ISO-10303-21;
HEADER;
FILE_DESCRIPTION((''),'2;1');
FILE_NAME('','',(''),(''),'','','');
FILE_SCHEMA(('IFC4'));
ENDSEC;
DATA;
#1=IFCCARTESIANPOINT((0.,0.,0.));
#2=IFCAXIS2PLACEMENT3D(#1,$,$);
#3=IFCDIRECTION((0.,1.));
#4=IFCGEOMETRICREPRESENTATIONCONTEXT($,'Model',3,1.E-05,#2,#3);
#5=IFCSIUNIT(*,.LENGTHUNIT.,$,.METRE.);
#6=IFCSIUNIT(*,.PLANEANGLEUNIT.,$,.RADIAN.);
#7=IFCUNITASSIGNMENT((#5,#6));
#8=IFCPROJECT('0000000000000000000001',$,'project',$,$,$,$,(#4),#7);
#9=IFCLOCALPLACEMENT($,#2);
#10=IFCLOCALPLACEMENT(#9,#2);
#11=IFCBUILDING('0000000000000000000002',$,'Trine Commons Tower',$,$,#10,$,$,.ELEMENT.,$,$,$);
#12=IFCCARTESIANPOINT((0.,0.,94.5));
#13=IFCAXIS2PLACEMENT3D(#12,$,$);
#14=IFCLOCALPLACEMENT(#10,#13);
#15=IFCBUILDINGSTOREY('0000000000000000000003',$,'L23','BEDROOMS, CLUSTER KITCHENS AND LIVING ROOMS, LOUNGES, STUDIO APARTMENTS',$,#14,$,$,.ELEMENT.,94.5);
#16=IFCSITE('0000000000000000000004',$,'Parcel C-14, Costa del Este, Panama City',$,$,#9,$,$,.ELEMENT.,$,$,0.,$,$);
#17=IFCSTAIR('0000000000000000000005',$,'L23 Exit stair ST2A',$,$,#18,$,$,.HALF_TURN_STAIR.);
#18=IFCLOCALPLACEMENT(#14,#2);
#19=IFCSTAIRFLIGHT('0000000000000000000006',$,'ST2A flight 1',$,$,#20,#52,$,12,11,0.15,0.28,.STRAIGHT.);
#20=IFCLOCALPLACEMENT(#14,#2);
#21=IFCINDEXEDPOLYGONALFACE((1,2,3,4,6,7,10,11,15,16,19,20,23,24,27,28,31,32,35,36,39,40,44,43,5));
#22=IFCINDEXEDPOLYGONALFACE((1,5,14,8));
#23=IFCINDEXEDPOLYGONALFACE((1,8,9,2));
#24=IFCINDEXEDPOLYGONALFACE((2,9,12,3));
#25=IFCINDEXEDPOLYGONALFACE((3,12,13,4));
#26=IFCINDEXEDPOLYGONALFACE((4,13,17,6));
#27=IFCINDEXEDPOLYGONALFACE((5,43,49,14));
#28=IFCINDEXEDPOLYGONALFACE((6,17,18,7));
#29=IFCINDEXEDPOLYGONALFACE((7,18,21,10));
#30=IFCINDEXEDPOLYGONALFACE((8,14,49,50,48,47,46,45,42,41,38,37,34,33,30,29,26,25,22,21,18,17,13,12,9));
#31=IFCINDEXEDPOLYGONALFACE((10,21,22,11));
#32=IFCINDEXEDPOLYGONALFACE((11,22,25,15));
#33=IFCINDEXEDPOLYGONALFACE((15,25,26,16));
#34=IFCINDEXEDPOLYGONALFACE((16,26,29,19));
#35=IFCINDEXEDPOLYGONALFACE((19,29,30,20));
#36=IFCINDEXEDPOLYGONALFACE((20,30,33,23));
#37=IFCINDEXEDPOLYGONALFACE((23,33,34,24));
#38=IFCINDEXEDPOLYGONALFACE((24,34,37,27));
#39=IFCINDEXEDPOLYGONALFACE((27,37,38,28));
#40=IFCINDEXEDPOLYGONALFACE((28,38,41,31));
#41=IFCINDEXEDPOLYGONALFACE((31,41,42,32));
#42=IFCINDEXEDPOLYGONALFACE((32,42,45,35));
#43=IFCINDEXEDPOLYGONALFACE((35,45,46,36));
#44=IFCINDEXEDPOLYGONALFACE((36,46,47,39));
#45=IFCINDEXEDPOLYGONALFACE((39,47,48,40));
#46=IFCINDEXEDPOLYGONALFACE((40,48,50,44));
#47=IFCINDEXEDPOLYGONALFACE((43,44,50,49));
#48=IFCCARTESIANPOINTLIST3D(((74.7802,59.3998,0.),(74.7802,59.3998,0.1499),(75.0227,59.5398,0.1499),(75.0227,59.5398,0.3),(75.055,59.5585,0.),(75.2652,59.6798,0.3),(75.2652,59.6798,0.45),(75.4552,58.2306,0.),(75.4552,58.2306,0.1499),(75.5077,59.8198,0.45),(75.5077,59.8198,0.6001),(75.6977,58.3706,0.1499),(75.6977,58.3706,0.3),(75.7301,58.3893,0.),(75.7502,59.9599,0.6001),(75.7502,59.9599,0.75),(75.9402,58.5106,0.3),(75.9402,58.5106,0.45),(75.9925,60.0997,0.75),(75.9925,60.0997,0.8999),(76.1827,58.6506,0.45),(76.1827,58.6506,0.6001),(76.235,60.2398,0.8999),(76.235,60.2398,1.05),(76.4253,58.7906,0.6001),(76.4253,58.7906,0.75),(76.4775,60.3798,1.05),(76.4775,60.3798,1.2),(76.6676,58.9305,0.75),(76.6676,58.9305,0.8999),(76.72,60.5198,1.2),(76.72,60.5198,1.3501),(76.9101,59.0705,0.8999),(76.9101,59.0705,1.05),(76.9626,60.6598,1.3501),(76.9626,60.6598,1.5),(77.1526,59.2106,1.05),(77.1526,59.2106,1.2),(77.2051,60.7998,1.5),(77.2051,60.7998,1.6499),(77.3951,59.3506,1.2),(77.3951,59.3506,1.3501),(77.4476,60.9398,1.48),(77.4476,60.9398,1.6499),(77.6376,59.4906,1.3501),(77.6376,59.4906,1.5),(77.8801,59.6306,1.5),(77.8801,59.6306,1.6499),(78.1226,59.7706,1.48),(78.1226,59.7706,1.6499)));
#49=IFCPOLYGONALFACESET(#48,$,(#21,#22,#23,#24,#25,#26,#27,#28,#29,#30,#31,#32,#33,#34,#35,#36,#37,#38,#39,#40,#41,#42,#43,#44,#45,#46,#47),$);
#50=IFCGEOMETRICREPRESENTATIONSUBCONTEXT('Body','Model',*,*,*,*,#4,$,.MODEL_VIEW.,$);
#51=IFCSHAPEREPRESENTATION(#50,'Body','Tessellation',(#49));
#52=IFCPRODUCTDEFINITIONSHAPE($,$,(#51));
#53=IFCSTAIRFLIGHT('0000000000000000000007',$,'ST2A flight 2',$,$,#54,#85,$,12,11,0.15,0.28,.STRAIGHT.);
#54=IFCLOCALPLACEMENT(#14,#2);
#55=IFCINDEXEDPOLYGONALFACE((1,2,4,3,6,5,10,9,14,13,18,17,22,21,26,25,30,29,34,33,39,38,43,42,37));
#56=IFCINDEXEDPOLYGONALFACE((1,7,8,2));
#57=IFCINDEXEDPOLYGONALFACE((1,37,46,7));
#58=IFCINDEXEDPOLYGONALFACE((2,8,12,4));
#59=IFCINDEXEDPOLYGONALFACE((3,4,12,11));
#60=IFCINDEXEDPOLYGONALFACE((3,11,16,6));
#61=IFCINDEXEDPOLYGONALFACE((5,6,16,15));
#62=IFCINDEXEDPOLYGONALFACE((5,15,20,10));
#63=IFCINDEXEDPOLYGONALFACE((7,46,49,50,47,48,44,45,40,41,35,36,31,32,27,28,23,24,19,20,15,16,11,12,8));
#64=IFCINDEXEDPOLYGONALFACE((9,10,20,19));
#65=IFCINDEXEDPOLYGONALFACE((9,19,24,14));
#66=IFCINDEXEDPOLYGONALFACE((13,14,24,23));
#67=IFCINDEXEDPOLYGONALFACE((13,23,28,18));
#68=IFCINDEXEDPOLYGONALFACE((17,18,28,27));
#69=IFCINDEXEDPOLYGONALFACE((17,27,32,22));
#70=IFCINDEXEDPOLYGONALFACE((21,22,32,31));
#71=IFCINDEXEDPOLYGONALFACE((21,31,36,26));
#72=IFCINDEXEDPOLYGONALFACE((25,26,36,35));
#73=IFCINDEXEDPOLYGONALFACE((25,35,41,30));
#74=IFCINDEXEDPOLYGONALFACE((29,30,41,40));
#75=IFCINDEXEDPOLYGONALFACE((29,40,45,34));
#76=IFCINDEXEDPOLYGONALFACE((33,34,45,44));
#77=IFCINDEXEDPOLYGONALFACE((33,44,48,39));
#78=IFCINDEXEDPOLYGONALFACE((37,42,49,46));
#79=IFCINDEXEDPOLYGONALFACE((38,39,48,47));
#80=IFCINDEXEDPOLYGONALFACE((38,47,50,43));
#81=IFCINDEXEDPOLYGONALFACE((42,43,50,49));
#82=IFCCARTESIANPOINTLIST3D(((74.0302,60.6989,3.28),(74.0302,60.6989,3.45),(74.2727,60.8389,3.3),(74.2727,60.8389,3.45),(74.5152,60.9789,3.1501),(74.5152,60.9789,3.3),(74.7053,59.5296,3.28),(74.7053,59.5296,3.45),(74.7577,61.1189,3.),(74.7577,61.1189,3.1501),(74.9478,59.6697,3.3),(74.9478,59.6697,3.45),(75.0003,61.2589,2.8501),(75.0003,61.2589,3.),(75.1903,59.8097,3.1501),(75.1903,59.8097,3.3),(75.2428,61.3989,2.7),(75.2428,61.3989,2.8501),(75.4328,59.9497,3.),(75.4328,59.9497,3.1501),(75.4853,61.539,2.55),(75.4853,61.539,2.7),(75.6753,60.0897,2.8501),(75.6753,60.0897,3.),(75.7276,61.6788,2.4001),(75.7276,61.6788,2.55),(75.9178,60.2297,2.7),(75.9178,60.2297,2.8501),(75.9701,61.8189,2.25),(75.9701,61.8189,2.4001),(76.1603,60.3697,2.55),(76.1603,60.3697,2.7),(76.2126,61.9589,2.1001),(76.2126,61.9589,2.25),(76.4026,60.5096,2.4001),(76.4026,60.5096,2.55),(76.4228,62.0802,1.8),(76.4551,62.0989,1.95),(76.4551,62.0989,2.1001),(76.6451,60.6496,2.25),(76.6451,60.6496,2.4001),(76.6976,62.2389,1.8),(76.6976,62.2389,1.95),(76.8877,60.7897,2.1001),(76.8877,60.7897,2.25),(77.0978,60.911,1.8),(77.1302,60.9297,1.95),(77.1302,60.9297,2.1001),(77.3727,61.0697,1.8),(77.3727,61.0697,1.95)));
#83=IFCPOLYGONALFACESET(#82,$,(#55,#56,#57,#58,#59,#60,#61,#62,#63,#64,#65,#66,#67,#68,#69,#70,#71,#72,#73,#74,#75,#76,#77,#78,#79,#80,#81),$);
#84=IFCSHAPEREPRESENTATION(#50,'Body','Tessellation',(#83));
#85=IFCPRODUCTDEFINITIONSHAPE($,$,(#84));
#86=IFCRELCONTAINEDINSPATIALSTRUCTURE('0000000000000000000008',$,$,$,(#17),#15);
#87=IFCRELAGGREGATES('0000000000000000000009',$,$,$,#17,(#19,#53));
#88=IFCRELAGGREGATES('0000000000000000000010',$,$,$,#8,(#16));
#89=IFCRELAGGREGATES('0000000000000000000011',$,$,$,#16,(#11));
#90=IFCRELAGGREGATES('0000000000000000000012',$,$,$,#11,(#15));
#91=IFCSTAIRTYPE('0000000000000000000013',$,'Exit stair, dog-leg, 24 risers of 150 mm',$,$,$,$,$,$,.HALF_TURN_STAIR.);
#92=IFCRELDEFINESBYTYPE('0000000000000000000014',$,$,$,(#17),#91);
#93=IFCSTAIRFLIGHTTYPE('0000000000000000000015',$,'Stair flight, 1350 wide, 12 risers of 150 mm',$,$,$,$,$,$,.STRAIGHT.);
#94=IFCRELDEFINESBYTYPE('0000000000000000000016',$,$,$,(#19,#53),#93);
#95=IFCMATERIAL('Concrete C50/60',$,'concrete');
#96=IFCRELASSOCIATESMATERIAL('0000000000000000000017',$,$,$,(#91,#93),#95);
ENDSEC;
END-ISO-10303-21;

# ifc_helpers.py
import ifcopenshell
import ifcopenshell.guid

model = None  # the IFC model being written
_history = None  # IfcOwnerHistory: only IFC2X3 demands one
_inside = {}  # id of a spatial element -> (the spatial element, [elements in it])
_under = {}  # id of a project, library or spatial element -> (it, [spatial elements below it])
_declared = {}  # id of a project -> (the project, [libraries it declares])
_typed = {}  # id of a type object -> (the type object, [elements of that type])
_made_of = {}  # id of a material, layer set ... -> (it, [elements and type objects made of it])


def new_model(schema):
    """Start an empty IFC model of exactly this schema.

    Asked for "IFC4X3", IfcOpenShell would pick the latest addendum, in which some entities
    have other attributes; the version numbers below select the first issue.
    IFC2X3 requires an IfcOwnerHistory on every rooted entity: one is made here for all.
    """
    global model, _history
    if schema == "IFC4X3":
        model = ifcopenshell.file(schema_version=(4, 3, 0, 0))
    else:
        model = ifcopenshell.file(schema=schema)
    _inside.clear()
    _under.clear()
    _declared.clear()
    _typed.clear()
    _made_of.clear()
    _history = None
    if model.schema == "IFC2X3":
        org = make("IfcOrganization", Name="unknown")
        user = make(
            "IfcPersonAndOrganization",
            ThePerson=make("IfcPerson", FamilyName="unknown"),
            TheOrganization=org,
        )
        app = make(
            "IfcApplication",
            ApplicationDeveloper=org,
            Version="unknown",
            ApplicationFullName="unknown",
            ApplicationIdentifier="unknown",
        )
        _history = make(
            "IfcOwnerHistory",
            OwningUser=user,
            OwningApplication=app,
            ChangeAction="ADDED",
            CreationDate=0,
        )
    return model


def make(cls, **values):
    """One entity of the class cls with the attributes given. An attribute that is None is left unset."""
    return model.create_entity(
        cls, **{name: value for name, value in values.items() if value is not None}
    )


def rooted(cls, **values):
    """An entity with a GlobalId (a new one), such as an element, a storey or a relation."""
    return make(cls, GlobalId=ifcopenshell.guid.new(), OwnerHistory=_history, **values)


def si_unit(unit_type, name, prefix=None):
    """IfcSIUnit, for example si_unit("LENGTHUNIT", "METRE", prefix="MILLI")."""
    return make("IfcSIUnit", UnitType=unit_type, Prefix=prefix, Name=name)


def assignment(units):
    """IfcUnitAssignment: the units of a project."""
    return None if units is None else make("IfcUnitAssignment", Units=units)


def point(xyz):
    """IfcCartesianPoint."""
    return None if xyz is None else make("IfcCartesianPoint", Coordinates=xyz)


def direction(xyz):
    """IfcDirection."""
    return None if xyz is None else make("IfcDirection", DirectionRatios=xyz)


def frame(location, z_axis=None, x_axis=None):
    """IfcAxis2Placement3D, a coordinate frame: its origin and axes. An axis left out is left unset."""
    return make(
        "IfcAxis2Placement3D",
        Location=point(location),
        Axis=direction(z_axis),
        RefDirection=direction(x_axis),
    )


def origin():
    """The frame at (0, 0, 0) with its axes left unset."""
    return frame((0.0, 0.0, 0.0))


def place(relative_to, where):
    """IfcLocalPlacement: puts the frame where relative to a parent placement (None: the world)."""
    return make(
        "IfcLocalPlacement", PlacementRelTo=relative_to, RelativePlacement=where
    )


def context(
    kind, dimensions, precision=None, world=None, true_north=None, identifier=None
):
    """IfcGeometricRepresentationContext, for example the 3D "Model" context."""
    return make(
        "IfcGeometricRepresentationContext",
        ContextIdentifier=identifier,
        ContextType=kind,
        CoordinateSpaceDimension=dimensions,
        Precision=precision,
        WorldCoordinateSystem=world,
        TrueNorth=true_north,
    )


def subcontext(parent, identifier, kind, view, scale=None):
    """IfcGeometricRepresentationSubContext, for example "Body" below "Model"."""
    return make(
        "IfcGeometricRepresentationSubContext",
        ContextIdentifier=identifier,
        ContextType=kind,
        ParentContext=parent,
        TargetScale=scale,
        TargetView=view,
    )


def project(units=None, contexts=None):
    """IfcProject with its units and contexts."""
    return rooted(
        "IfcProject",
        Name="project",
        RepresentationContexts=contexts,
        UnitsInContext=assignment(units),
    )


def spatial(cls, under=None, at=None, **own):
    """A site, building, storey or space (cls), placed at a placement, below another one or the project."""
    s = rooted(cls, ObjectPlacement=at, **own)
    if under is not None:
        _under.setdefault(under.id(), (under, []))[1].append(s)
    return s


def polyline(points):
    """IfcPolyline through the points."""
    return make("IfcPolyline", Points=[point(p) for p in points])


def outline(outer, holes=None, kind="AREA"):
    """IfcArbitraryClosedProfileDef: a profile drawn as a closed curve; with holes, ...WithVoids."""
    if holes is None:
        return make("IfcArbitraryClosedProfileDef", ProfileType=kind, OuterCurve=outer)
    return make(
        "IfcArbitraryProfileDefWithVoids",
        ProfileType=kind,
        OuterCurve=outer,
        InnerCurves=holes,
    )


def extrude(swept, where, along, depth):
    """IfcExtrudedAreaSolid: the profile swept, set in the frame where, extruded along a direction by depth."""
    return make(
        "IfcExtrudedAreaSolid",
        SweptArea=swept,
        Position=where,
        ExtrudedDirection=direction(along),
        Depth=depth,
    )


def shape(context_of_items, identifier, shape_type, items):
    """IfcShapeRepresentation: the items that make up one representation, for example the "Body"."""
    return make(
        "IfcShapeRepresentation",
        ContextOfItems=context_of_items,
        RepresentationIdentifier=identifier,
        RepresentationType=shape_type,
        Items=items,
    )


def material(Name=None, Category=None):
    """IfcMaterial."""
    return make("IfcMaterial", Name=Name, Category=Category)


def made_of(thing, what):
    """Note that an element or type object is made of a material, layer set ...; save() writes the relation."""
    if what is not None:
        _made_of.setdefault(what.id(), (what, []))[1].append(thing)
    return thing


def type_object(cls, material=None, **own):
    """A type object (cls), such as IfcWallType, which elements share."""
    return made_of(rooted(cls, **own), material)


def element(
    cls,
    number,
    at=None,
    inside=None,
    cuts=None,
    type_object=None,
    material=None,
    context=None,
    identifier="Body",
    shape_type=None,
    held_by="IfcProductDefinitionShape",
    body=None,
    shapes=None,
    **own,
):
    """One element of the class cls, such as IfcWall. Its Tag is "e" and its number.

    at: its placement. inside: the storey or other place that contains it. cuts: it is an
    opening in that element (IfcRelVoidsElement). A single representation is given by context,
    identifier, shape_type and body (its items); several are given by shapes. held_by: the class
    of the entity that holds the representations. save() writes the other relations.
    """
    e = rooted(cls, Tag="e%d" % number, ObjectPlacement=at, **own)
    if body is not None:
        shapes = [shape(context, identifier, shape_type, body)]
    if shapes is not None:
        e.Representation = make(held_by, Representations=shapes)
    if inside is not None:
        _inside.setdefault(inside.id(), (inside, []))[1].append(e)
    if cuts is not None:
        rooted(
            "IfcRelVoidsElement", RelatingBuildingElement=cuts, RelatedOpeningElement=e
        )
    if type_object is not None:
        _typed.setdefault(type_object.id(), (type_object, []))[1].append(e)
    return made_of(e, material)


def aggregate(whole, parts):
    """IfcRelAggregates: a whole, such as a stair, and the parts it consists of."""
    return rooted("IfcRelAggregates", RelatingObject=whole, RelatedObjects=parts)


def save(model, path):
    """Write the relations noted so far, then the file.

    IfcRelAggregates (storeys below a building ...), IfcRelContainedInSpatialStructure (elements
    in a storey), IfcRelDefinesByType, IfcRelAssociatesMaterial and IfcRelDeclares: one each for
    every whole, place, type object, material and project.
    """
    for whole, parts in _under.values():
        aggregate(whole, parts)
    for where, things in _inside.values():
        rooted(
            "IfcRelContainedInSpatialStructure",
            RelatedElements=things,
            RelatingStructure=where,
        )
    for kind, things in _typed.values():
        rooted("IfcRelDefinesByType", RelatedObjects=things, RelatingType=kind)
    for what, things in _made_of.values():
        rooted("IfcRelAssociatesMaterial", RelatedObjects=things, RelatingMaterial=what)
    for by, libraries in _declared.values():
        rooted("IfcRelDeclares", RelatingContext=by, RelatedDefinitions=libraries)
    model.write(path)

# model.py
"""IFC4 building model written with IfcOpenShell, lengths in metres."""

from ifc_helpers import new_model, si_unit, direction, frame, origin, place, context, subcontext, project, spatial, polyline, outline, extrude, material, type_object, element, aggregate, save


model = new_model("IFC4")

# Units and contexts
model_context = context("Model", 3, precision=1e-05, world=origin(), true_north=direction((0.0, 1.0)))
body_context = subcontext(model_context, "Body", "Model", "MODEL_VIEW")
ifc_project = project(units=[si_unit("LENGTHUNIT", "METRE"), si_unit("PLANEANGLEUNIT", "RADIAN")], contexts=[model_context])

# Site, building, storey
site_placement = place(None, origin())
site = spatial("IfcSite", under=ifc_project, at=site_placement, Name="Parcel C-14, Costa del Este, Panama City", CompositionType="ELEMENT", RefElevation=0.0)
building_placement = place(site_placement, origin())
building = spatial("IfcBuilding", under=site, at=building_placement, Name="Trine Commons Tower", CompositionType="ELEMENT")
storey_placement = place(building_placement, frame((0.0, 0.0, 94.5)))
storey = spatial("IfcBuildingStorey", under=building, at=storey_placement, Name="L23", Description="BEDROOMS, CLUSTER KITCHENS AND LIVING ROOMS, LOUNGES, STUDIO APARTMENTS", CompositionType="ELEMENT", Elevation=94.5)

# Stair, stair flights
ifc_material_1 = material(Name="Concrete C50/60", Category="concrete")
stair_type = type_object("IfcStairType", Name="Exit stair, dog-leg, 24 risers of 150 mm", PredefinedType="HALF_TURN_STAIR", material=ifc_material_1)
stair_placement = place(storey_placement, origin())
stair = element("IfcStair", 1, at=stair_placement, inside=storey, type_object=stair_type, Name="L23 Exit stair ST2A", PredefinedType="HALF_TURN_STAIR")
stair_flight_type = type_object("IfcStairFlightType", Name="Stair flight, 1350 wide, 12 risers of 150 mm", PredefinedType="STRAIGHT", material=ifc_material_1)
stair_flight_1_placement = place(storey_placement, frame((75.1177, 58.8152, 0.0), z_axis=(0.0, 0.0, 1.0), x_axis=(0.866025, 0.5, 0.0)))
stair_flight_1 = element("IfcStairFlight", 2, at=stair_flight_1_placement, type_object=stair_flight_type, Name="ST2A flight 1", NumberOfRisers=12, NumberOfTreads=11, PredefinedType="STRAIGHT", RiserHeight=0.15, TreadLength=0.28, context=body_context, shape_type="SweptSolid", body=[
    extrude(outline(polyline([(0.0, 0.0), (0.0, 0.1499), (0.28, 0.1499), (0.28, 0.3), (0.5601, 0.3), (0.5601, 0.45), (0.8401, 0.45), (0.8401, 0.6001), (1.1201, 0.6001), (1.1201, 0.75), (1.3999, 0.75), (1.3999, 0.8999), (1.6799, 0.8999), (1.6799, 1.05), (1.96, 1.05), (1.96, 1.2), (2.24, 1.2), (2.24, 1.3501), (2.52, 1.3501), (2.52, 1.5), (2.8, 1.5), (2.8, 1.6499), (3.0801, 1.6499), (3.0801, 1.8), (3.0801, 1.48), (0.3174, 0.0), (0.0, 0.0)])), frame((0.0, 0.675, 0.0), z_axis=(0.0, -1.0, 0.0), x_axis=(1.0, 0.0, 0.0)), (0.0, 0.0, 1.0), 1.3501),
])
stair_flight_2_placement = place(storey_placement, frame((77.0352, 61.6543, 1.8), z_axis=(0.0, 0.0, 1.0), x_axis=(-0.866025, -0.5, 0.0)))
stair_flight_2 = element("IfcStairFlight", 3, at=stair_flight_2_placement, type_object=stair_flight_type, Name="ST2A flight 2", NumberOfRisers=12, NumberOfTreads=11, PredefinedType="STRAIGHT", RiserHeight=0.15, TreadLength=0.28, context=body_context, shape_type="SweptSolid", body=[
    extrude(outline(polyline([(0.0, 0.0), (0.0, 0.1499), (0.28, 0.1499), (0.28, 0.3), (0.5601, 0.3), (0.5601, 0.45), (0.8401, 0.45), (0.8401, 0.6001), (1.1201, 0.6001), (1.1201, 0.75), (1.3999, 0.75), (1.3999, 0.8999), (1.6799, 0.8999), (1.6799, 1.05), (1.96, 1.05), (1.96, 1.2), (2.24, 1.2), (2.24, 1.3501), (2.52, 1.3501), (2.52, 1.5), (2.8, 1.5), (2.8, 1.6499), (3.0801, 1.6499), (3.0801, 1.8), (3.0801, 1.48), (0.3174, 0.0), (0.0, 0.0)])), frame((0.0, 0.675, 0.0), z_axis=(0.0, -1.0, 0.0), x_axis=(1.0, 0.0, 0.0)), (0.0, 0.0, 1.0), 1.3501),
])
aggregate(stair, [stair_flight_1, stair_flight_2])

save(model, "model.ifc")
